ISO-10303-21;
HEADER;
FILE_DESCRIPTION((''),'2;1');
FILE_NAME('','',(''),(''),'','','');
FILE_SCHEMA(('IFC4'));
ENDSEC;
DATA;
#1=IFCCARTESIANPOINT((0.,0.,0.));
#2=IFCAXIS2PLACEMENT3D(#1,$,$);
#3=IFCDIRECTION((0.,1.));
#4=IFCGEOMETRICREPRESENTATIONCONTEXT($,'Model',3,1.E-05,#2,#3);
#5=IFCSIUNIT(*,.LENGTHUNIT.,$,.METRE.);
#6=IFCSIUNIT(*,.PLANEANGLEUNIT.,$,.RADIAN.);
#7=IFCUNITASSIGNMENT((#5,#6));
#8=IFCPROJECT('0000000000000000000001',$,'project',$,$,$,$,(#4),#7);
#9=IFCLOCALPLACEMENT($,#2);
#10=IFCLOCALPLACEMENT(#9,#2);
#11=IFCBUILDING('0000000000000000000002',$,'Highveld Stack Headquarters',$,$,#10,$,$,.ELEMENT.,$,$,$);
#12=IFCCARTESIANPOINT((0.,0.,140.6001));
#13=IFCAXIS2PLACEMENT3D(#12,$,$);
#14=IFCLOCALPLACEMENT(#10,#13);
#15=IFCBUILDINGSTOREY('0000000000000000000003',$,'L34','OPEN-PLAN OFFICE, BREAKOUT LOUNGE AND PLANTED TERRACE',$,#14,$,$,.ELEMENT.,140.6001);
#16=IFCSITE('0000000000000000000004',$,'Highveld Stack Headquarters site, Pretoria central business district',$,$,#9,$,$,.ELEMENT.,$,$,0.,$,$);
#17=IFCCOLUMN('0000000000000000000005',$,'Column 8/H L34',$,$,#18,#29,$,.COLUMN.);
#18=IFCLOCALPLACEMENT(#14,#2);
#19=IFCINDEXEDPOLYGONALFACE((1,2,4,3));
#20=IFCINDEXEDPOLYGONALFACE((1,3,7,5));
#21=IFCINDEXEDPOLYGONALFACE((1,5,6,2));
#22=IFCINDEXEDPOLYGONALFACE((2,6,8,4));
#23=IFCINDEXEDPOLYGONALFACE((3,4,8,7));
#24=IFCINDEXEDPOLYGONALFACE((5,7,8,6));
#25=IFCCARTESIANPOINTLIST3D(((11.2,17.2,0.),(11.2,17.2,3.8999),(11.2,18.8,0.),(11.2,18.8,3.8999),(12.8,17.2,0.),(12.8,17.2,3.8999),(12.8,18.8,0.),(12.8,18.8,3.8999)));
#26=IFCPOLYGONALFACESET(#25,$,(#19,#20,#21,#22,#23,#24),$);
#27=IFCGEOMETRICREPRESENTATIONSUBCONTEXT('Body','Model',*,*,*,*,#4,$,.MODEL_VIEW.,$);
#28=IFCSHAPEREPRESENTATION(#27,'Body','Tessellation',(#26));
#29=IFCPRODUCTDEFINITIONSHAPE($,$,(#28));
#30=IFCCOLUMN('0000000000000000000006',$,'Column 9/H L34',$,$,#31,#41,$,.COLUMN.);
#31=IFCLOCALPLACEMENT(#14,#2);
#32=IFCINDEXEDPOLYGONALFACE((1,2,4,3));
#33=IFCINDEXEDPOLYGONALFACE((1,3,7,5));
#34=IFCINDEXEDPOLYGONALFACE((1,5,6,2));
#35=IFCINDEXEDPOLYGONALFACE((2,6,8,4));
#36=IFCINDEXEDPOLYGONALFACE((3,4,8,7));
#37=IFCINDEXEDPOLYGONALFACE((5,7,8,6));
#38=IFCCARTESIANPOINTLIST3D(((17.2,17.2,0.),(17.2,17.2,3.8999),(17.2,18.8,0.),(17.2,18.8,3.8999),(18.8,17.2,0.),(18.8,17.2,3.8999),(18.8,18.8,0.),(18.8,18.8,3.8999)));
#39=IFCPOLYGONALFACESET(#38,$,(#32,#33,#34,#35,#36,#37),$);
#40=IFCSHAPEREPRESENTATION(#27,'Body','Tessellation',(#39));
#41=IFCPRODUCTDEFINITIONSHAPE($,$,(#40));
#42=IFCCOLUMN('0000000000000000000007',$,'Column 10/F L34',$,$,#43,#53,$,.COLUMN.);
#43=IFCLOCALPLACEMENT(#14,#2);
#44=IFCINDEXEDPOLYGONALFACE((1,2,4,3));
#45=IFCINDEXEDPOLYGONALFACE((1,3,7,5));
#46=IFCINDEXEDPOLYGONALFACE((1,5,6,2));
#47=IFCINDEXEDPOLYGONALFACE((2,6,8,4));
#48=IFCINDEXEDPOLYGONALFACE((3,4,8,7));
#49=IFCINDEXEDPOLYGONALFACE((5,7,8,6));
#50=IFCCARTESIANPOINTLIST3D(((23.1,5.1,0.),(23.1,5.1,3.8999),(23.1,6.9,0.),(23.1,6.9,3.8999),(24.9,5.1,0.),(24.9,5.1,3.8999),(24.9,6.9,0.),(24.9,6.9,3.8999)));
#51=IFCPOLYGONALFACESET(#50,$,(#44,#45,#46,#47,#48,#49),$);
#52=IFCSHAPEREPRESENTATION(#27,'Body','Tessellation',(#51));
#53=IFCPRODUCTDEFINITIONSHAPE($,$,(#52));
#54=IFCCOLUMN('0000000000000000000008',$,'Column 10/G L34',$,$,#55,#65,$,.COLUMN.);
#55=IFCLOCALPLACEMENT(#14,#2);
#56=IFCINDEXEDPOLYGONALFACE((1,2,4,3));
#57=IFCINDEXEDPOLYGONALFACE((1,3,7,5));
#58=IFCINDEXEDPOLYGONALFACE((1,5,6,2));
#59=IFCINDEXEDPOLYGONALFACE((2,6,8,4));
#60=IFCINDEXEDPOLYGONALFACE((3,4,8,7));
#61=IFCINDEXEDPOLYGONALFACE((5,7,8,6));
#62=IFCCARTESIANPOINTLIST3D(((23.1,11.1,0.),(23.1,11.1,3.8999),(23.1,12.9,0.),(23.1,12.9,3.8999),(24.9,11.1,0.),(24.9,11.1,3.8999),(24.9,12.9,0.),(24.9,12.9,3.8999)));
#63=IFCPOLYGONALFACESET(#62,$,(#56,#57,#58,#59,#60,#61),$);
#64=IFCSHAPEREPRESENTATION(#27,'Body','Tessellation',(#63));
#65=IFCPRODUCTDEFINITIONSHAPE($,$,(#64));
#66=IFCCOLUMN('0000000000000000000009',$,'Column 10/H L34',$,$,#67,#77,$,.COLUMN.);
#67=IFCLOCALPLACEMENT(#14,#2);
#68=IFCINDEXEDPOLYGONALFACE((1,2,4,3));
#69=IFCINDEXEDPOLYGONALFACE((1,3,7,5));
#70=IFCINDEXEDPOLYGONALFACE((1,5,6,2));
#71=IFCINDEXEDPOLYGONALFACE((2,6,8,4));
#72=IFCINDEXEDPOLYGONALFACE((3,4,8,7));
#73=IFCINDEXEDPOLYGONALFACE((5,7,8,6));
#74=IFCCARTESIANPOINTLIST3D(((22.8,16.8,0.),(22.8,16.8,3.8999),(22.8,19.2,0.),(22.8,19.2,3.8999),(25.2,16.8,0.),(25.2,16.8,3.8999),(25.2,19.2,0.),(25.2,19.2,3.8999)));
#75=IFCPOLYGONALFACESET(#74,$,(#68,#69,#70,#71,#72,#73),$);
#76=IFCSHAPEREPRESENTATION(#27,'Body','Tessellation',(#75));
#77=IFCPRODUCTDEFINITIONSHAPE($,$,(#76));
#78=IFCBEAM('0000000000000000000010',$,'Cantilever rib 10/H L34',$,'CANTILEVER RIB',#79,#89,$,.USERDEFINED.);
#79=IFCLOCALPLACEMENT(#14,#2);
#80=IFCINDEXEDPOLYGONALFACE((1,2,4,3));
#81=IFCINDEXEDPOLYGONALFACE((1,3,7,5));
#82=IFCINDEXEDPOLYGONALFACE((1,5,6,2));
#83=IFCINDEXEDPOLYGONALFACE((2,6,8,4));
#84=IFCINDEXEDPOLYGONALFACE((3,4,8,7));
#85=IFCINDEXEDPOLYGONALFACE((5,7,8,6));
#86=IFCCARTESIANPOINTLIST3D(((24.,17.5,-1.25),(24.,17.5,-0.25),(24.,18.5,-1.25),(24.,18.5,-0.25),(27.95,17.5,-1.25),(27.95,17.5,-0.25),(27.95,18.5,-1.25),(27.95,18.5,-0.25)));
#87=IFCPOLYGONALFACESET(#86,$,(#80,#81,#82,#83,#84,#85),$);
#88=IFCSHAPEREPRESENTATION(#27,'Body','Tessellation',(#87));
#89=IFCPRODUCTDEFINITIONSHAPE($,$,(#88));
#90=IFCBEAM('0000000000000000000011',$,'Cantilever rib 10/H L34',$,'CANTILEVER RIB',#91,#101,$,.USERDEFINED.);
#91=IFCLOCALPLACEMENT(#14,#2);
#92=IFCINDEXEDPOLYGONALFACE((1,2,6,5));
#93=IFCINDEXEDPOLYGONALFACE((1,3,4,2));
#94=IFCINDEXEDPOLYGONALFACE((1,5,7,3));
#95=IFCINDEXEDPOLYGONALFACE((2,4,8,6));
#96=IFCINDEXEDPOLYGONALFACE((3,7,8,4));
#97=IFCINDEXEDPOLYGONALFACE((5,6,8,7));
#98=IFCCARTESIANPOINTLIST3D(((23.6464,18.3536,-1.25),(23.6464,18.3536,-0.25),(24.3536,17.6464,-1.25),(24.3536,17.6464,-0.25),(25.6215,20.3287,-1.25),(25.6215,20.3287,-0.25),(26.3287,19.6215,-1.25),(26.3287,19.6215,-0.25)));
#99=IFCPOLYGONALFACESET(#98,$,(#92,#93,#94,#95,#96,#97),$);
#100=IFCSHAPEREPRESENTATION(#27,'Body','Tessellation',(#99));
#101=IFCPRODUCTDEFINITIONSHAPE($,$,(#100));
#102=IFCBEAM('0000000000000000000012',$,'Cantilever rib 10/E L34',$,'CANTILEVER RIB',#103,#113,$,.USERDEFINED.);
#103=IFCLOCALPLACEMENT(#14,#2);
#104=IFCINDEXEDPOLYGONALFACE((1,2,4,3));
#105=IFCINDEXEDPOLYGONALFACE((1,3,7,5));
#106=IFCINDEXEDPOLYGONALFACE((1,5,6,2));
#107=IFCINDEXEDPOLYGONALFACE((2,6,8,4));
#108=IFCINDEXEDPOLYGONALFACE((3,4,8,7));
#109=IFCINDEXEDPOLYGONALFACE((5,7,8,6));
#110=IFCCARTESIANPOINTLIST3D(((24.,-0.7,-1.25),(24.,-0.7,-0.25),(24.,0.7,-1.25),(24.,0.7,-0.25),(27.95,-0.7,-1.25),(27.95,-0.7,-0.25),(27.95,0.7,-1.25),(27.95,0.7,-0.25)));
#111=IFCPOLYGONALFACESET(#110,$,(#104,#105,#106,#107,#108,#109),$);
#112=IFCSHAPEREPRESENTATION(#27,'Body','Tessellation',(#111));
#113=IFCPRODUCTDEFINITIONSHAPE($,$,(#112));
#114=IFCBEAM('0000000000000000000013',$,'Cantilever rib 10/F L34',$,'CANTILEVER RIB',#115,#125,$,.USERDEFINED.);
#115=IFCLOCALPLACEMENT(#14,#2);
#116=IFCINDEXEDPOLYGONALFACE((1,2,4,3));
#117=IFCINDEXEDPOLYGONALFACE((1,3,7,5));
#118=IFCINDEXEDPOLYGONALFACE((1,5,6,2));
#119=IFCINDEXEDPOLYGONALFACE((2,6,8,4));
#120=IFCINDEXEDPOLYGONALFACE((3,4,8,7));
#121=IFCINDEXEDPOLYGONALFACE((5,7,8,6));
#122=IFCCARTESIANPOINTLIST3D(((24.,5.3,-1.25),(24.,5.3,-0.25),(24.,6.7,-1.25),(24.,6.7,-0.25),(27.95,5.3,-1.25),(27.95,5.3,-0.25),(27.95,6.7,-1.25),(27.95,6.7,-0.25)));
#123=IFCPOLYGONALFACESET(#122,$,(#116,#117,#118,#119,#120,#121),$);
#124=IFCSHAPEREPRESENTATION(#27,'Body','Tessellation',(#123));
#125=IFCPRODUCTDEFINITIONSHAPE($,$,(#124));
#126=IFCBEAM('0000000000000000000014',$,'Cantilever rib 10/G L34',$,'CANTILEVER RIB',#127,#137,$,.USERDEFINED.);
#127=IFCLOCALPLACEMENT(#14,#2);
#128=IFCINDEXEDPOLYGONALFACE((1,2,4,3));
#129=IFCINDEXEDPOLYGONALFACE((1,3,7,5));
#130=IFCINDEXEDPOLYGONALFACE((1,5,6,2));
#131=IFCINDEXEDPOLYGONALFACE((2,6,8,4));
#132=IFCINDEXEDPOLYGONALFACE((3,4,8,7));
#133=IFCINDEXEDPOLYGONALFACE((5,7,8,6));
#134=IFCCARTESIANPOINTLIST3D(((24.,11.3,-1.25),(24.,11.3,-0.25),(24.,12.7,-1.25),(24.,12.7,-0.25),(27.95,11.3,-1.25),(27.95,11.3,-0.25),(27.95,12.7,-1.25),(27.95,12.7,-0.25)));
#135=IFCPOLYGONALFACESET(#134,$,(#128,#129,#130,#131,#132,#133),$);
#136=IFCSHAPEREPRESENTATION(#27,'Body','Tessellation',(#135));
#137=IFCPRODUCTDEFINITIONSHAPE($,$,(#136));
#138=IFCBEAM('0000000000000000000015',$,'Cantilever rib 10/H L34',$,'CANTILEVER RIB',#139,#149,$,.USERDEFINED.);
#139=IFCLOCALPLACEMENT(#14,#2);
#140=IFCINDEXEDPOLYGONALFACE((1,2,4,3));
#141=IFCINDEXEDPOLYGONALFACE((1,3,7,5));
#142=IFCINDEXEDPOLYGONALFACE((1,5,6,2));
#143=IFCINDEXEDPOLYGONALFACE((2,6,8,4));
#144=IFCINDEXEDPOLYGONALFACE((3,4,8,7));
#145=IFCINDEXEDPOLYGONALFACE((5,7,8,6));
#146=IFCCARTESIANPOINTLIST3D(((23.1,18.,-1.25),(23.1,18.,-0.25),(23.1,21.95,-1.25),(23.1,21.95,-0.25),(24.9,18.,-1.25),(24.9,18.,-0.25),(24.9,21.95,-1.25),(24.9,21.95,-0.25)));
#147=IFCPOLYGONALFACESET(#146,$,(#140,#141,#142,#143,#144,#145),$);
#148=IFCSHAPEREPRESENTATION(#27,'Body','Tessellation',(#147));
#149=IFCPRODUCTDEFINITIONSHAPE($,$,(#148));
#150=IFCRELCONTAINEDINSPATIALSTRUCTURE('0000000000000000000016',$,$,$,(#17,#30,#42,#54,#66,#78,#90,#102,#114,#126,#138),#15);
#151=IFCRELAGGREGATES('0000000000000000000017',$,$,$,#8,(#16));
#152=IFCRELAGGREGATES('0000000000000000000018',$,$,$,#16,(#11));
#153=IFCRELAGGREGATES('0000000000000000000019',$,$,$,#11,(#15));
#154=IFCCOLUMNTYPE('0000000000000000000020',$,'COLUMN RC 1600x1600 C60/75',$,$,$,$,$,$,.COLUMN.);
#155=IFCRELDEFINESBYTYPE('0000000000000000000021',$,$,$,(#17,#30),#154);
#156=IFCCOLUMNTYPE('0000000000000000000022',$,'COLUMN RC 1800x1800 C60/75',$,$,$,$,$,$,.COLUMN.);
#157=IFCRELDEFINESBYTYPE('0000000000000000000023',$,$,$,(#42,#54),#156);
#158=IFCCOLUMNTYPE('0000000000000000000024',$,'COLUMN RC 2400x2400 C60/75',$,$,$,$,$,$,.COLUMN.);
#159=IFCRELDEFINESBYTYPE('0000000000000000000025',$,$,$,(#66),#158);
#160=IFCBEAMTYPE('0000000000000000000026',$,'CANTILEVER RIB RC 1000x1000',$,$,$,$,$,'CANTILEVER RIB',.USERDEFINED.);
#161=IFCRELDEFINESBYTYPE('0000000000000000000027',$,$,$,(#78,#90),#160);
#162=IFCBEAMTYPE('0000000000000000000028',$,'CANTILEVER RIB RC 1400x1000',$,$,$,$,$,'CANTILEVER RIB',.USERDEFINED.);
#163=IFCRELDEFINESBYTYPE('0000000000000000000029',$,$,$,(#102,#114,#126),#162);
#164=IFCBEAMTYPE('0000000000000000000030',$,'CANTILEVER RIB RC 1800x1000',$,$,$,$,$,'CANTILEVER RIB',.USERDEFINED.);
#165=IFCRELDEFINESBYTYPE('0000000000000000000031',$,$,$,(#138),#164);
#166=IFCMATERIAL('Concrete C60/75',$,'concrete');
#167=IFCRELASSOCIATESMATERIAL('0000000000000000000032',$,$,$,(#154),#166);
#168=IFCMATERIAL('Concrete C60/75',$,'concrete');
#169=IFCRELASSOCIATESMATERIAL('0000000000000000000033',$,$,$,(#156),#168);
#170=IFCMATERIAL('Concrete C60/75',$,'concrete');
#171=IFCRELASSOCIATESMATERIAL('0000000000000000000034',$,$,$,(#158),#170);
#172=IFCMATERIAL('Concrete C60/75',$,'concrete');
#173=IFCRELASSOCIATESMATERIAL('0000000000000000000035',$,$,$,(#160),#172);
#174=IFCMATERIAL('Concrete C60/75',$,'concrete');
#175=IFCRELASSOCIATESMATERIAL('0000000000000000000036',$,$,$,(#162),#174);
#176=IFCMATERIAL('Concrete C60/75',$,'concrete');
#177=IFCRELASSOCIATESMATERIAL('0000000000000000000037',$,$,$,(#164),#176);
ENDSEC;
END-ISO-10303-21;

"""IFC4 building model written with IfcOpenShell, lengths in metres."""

from ifc_helpers import new_model, si_unit, direction, frame, origin, origin_2d, place, context, subcontext, project, spatial, rectangle, extrude, material, material_profile, profile_set, type_object, element, save


model = new_model("IFC4")

# Units and contexts
model_context = context("Model", 3, precision=1e-05, world=origin(), true_north=direction((0.0, 1.0)))
body_context = subcontext(model_context, "Body", "Model", "MODEL_VIEW")
ifc_project = project(units=[si_unit("LENGTHUNIT", "METRE"), si_unit("PLANEANGLEUNIT", "RADIAN")], contexts=[model_context])

# Site, building, storey
site_placement = place(None, origin())
site = spatial("IfcSite", under=ifc_project, at=site_placement, Name="Highveld Stack Headquarters site, Pretoria central business district", CompositionType="ELEMENT", RefElevation=0.0)
building_placement = place(site_placement, origin())
building = spatial("IfcBuilding", under=site, at=building_placement, Name="Highveld Stack Headquarters", CompositionType="ELEMENT")
storey_placement = place(building_placement, frame((0.0, 0.0, 140.6001)))
storey = spatial("IfcBuildingStorey", under=building, at=storey_placement, Name="L34", Description="OPEN-PLAN OFFICE, BREAKOUT LOUNGE AND PLANTED TERRACE", CompositionType="ELEMENT", Elevation=140.6001)

# Columns
ifc_material_1 = material(Name="Concrete C60/75", Category="concrete")
ifc_material_profile_1 = material_profile(ifc_material_1, rectangle(XDim=1.6001, YDim=1.6001, at=origin_2d()), Name="RC 1600x1600")
ifc_profile_set_1 = profile_set([ifc_material_profile_1], Name="Concrete C60/75")
column_type_1 = type_object("IfcColumnType", Name="COLUMN RC 1600x1600 C60/75", PredefinedType="COLUMN", material=ifc_profile_set_1)
for number, where, z_axis, x_axis, name in (
    (1, (12.0, 18.0, 0.0), (0.0, 0.0, 1.0), (1.0, 0.0, 0.0), "Column 8/H L34"),
    (2, (18.0, 18.0, 0.0), (0.0, 0.0, 1.0), (1.0, 0.0, 0.0), "Column 9/H L34"),
):
    element("IfcColumn", number, at=place(storey_placement, frame(where, z_axis=z_axis, x_axis=x_axis)), inside=storey, type_object=column_type_1, Name=name, PredefinedType="COLUMN", context=body_context, shape_type="SweptSolid", body=[
        extrude(rectangle(XDim=1.6001, YDim=1.6001, at=origin_2d()), origin(), (0.0, 0.0, 1.0), 3.8999),
    ])
ifc_material_2 = material(Name="Concrete C60/75", Category="concrete")
ifc_material_profile_2 = material_profile(ifc_material_2, rectangle(XDim=1.8, YDim=1.8, at=origin_2d()), Name="RC 1800x1800")
ifc_profile_set_2 = profile_set([ifc_material_profile_2], Name="Concrete C60/75")
column_type_2 = type_object("IfcColumnType", Name="COLUMN RC 1800x1800 C60/75", PredefinedType="COLUMN", material=ifc_profile_set_2)
for number, where, z_axis, x_axis, name in (
    (3, (24.0, 6.0, 0.0), (0.0, 0.0, 1.0), (1.0, 0.0, 0.0), "Column 10/F L34"),
    (4, (24.0, 12.0, 0.0), (0.0, 0.0, 1.0), (1.0, 0.0, 0.0), "Column 10/G L34"),
):
    element("IfcColumn", number, at=place(storey_placement, frame(where, z_axis=z_axis, x_axis=x_axis)), inside=storey, type_object=column_type_2, Name=name, PredefinedType="COLUMN", context=body_context, shape_type="SweptSolid", body=[
        extrude(rectangle(XDim=1.8, YDim=1.8, at=origin_2d()), origin(), (0.0, 0.0, 1.0), 3.8999),
    ])
ifc_material_3 = material(Name="Concrete C60/75", Category="concrete")
ifc_material_profile_3 = material_profile(ifc_material_3, rectangle(XDim=2.3999, YDim=2.3999, at=origin_2d()), Name="RC 2400x2400")
ifc_profile_set_3 = profile_set([ifc_material_profile_3], Name="Concrete C60/75")
column_type_3 = type_object("IfcColumnType", Name="COLUMN RC 2400x2400 C60/75", PredefinedType="COLUMN", material=ifc_profile_set_3)
column_placement = place(storey_placement, frame((24.0, 18.0, 0.0), z_axis=(0.0, 0.0, 1.0), x_axis=(1.0, 0.0, 0.0)))
element("IfcColumn", 5, at=column_placement, inside=storey, type_object=column_type_3, Name="Column 10/H L34", PredefinedType="COLUMN", context=body_context, shape_type="SweptSolid", body=[
    extrude(rectangle(XDim=2.3999, YDim=2.3999, at=origin_2d()), origin(), (0.0, 0.0, 1.0), 3.8999),
])

# Beams
ifc_material_4 = material(Name="Concrete C60/75", Category="concrete")
ifc_material_profile_4 = material_profile(ifc_material_4, rectangle(XDim=1.0, YDim=1.0, at=origin_2d()), Name="RC 1000x1000")
ifc_profile_set_4 = profile_set([ifc_material_profile_4], Name="Concrete C60/75")
beam_type_1 = type_object("IfcBeamType", Name="CANTILEVER RIB RC 1000x1000", ElementType="CANTILEVER RIB", PredefinedType="USERDEFINED", material=ifc_profile_set_4)
beam_1_placement = place(storey_placement, frame((24.0, 18.0, -0.75), z_axis=(1.0, 0.0, 0.0), x_axis=(0.0, 1.0, 0.0)))
element("IfcBeam", 6, at=beam_1_placement, inside=storey, type_object=beam_type_1, Name="Cantilever rib 10/H L34", ObjectType="CANTILEVER RIB", PredefinedType="USERDEFINED", context=body_context, shape_type="SweptSolid", body=[
    extrude(rectangle(XDim=1.0, YDim=1.0, at=origin_2d()), origin(), (0.0, 0.0, 1.0), 3.95),
])
beam_2_placement = place(storey_placement, frame((24.0, 18.0, -0.75), z_axis=(0.707107, 0.707107, 0.0), x_axis=(-0.707107, 0.707107, 0.0)))
element("IfcBeam", 7, at=beam_2_placement, inside=storey, type_object=beam_type_1, Name="Cantilever rib 10/H L34", ObjectType="CANTILEVER RIB", PredefinedType="USERDEFINED", context=body_context, shape_type="SweptSolid", body=[
    extrude(rectangle(XDim=1.0, YDim=1.0, at=origin_2d()), origin(), (0.0, 0.0, 1.0), 2.7932),
])
ifc_material_5 = material(Name="Concrete C60/75", Category="concrete")
ifc_material_profile_5 = material_profile(ifc_material_5, rectangle(XDim=1.3999, YDim=1.0, at=origin_2d()), Name="RC 1400x1000")
ifc_profile_set_5 = profile_set([ifc_material_profile_5], Name="Concrete C60/75")
beam_type_2 = type_object("IfcBeamType", Name="CANTILEVER RIB RC 1400x1000", ElementType="CANTILEVER RIB", PredefinedType="USERDEFINED", material=ifc_profile_set_5)
for number, where, z_axis, x_axis, name in (
    (8, (24.0, 0.0, -0.75), (1.0, 0.0, 0.0), (0.0, 1.0, 0.0), "Cantilever rib 10/E L34"),
    (9, (24.0, 6.0, -0.75), (1.0, 0.0, 0.0), (0.0, 1.0, 0.0), "Cantilever rib 10/F L34"),
    (10, (24.0, 12.0, -0.75), (1.0, 0.0, 0.0), (0.0, 1.0, 0.0), "Cantilever rib 10/G L34"),
):
    element("IfcBeam", number, at=place(storey_placement, frame(where, z_axis=z_axis, x_axis=x_axis)), inside=storey, type_object=beam_type_2, Name=name, ObjectType="CANTILEVER RIB", PredefinedType="USERDEFINED", context=body_context, shape_type="SweptSolid", body=[
        extrude(rectangle(XDim=1.3999, YDim=1.0, at=origin_2d()), origin(), (0.0, 0.0, 1.0), 3.95),
    ])
ifc_material_6 = material(Name="Concrete C60/75", Category="concrete")
ifc_material_profile_6 = material_profile(ifc_material_6, rectangle(XDim=1.8, YDim=1.0, at=origin_2d()), Name="RC 1800x1000")
ifc_profile_set_6 = profile_set([ifc_material_profile_6], Name="Concrete C60/75")
beam_type_3 = type_object("IfcBeamType", Name="CANTILEVER RIB RC 1800x1000", ElementType="CANTILEVER RIB", PredefinedType="USERDEFINED", material=ifc_profile_set_6)
beam_3_placement = place(storey_placement, frame((24.0, 18.0, -0.75), z_axis=(0.0, 1.0, 0.0), x_axis=(-1.0, 0.0, 0.0)))
element("IfcBeam", 11, at=beam_3_placement, inside=storey, type_object=beam_type_3, Name="Cantilever rib 10/H L34", ObjectType="CANTILEVER RIB", PredefinedType="USERDEFINED", context=body_context, shape_type="SweptSolid", body=[
    extrude(rectangle(XDim=1.8, YDim=1.0, at=origin_2d()), origin(), (0.0, 0.0, 1.0), 3.95),
])

save(model, "model.ifc")
